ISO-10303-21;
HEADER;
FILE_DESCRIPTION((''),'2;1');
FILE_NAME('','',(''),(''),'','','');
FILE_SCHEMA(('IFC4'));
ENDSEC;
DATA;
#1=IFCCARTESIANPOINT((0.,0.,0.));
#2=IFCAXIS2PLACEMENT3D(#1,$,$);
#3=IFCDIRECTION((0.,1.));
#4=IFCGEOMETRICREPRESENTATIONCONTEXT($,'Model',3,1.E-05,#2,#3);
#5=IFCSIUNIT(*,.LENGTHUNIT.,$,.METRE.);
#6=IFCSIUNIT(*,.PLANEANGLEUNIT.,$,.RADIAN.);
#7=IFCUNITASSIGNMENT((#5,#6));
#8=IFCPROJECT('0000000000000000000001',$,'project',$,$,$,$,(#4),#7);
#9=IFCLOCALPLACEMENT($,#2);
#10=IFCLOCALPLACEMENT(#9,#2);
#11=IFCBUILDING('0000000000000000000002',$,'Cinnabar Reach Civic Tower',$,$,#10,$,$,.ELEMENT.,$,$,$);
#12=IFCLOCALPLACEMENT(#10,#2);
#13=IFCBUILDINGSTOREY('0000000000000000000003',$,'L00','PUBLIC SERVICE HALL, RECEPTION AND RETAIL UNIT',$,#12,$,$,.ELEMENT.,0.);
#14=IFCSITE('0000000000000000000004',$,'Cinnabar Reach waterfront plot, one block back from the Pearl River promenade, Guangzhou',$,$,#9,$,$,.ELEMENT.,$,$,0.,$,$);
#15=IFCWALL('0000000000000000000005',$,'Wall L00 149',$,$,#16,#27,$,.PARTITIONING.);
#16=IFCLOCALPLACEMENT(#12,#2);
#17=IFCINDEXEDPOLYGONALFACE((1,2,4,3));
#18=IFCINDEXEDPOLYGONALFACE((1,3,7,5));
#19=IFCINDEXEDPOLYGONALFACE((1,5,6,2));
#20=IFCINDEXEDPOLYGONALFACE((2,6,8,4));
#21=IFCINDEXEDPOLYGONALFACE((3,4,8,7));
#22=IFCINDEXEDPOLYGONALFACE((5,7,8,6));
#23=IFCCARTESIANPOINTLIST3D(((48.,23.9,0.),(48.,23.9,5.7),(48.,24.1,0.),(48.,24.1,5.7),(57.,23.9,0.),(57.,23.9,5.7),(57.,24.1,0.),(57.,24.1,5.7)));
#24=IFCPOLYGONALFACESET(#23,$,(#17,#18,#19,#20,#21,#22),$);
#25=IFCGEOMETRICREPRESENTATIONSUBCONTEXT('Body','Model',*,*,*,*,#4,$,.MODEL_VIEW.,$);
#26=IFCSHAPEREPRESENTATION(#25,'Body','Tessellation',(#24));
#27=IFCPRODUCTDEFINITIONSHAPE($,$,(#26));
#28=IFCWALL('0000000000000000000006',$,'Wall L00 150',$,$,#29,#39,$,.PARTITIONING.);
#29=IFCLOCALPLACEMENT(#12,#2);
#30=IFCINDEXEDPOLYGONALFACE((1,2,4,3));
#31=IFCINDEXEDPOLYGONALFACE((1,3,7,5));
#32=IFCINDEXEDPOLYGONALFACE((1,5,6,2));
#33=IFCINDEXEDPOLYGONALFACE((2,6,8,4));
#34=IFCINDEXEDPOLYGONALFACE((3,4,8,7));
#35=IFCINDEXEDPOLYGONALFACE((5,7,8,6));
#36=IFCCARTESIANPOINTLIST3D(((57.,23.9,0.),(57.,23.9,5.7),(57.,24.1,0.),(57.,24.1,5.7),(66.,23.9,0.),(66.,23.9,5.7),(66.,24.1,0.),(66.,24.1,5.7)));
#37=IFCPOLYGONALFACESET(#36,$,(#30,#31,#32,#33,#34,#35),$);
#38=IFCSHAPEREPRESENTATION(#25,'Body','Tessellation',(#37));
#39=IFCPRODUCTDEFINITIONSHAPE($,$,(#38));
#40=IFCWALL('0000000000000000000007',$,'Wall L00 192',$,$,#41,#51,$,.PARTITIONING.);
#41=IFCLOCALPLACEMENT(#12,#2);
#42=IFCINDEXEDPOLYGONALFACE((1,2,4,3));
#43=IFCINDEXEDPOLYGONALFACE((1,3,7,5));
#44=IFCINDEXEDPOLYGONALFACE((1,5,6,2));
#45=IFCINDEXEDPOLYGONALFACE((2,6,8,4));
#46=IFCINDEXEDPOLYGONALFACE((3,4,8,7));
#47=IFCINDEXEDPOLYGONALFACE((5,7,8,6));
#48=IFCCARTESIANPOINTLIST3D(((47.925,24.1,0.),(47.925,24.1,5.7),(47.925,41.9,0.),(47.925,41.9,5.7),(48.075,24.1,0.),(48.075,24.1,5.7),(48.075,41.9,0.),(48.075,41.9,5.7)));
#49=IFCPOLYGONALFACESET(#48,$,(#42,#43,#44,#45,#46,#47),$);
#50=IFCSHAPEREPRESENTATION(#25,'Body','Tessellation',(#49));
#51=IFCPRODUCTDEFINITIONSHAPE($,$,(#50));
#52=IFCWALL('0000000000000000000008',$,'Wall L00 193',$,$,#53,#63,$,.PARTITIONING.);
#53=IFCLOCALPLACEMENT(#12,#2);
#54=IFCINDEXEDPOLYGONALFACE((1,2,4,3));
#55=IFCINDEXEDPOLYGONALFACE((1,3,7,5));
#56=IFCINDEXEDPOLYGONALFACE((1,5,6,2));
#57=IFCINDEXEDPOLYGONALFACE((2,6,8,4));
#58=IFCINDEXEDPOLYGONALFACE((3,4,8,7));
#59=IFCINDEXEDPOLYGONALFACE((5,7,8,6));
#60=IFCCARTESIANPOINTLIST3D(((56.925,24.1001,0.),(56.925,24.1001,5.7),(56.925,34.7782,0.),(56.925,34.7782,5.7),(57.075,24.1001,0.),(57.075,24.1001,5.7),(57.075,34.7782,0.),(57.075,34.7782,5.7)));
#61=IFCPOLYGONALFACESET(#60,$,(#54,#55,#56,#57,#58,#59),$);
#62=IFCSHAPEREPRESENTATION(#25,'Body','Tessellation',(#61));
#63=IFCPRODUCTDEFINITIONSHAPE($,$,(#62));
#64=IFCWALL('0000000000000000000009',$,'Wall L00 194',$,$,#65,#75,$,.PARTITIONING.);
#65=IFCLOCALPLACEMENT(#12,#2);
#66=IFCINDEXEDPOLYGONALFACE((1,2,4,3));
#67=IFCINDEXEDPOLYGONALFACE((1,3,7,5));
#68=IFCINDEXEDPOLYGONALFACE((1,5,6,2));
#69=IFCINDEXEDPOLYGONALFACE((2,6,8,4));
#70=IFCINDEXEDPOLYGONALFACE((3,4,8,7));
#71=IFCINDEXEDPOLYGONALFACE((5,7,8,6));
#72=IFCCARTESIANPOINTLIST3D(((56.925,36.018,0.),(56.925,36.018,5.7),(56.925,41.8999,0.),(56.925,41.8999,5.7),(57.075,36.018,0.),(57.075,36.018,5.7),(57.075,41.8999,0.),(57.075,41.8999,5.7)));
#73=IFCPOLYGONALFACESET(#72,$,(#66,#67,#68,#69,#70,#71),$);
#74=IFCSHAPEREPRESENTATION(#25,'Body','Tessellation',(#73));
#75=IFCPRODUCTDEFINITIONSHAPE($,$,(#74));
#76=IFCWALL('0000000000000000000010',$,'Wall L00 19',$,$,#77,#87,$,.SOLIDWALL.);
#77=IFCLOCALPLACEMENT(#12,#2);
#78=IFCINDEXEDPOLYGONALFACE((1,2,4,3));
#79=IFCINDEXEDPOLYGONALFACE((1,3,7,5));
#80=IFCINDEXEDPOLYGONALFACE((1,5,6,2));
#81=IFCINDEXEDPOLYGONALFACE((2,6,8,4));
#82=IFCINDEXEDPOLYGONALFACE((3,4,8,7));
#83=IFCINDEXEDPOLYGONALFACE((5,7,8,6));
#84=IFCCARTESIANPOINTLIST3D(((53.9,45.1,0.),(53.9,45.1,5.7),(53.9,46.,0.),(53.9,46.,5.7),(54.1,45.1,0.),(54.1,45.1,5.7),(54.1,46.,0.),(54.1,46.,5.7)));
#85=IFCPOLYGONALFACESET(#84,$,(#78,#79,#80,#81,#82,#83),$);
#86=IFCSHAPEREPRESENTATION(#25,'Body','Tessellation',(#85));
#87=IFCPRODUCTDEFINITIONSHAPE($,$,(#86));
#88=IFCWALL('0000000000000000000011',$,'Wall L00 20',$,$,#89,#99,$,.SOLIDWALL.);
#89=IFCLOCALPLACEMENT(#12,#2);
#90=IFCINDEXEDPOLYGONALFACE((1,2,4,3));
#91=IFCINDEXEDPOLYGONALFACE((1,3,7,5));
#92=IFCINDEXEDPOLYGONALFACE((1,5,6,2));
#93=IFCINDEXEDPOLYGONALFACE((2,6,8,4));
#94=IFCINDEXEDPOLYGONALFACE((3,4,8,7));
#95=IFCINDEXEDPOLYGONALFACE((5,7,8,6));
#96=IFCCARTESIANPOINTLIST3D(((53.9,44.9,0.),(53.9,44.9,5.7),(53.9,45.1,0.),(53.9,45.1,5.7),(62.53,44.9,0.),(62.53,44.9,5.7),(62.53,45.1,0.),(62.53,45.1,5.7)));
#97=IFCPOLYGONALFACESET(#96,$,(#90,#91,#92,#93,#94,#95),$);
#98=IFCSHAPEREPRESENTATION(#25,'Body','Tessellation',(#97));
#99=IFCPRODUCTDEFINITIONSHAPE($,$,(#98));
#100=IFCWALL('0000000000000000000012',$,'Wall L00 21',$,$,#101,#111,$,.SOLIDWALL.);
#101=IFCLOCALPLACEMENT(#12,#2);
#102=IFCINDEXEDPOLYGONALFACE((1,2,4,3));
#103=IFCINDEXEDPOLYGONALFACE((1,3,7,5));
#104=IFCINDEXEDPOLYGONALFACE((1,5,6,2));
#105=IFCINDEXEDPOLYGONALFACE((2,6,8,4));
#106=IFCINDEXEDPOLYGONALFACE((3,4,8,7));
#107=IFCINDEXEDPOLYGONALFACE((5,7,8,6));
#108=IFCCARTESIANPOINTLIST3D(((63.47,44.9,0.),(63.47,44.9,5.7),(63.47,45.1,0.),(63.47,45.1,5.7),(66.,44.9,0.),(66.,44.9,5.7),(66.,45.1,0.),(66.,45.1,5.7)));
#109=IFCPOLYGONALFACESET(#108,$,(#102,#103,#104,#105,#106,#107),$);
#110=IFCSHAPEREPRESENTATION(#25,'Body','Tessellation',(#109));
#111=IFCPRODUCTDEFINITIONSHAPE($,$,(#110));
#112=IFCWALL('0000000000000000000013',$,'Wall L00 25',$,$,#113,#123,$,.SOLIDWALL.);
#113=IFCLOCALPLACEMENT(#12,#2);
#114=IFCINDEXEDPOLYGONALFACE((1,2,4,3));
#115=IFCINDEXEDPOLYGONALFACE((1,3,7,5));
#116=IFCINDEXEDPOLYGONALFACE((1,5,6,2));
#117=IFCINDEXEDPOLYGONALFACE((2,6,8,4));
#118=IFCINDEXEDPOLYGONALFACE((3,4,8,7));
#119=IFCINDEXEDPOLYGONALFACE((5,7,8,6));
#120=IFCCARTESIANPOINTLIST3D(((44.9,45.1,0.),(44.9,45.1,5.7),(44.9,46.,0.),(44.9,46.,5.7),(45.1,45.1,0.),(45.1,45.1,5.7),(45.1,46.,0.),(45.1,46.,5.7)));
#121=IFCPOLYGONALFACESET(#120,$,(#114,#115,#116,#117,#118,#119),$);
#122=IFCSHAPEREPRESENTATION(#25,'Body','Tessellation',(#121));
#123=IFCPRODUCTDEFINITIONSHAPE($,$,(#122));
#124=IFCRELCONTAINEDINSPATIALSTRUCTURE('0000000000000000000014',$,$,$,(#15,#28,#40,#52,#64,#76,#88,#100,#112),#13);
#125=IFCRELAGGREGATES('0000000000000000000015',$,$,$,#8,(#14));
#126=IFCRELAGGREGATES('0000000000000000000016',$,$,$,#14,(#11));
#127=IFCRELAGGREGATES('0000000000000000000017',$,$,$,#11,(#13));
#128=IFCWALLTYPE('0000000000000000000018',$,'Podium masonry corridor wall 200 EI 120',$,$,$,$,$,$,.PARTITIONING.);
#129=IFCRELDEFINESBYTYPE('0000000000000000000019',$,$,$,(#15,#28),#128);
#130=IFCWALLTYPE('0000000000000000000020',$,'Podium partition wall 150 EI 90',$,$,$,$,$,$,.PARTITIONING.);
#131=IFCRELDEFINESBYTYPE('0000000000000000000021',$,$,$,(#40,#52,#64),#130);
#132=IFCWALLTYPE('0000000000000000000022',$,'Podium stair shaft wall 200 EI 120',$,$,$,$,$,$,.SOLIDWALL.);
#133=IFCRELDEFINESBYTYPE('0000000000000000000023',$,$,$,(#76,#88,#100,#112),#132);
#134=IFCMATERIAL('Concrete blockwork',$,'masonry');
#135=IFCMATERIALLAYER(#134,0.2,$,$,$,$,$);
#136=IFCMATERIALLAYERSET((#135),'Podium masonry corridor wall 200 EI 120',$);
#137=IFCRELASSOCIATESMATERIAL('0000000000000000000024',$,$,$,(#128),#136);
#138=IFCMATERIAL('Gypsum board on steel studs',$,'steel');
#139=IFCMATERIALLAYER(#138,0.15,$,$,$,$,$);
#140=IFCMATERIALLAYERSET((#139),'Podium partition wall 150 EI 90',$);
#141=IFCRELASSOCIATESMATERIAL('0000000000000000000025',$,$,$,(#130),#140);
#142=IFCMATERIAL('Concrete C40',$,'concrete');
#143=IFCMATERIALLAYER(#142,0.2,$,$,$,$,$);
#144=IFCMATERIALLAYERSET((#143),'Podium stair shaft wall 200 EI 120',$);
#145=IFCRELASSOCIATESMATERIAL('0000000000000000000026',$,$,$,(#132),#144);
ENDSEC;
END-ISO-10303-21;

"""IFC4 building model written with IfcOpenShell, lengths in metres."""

from ifc_helpers import new_model, si_unit, direction, frame, frame_2d, origin, place, context, subcontext, project, spatial, rectangle, extrude, material, layer, layer_set, type_object, element, save


model = new_model("IFC4")

# Units and contexts
model_context = context("Model", 3, precision=1e-05, world=origin(), true_north=direction((0.0, 1.0)))
body_context = subcontext(model_context, "Body", "Model", "MODEL_VIEW")
ifc_project = project(units=[si_unit("LENGTHUNIT", "METRE"), si_unit("PLANEANGLEUNIT", "RADIAN")], contexts=[model_context])

# Site, building, storey
site_placement = place(None, origin())
site = spatial("IfcSite", under=ifc_project, at=site_placement, Name="Cinnabar Reach waterfront plot, one block back from the Pearl River promenade, Guangzhou", CompositionType="ELEMENT", RefElevation=0.0)
building_placement = place(site_placement, origin())
building = spatial("IfcBuilding", under=site, at=building_placement, Name="Cinnabar Reach Civic Tower", CompositionType="ELEMENT")
storey_placement = place(building_placement, origin())
storey = spatial("IfcBuildingStorey", under=building, at=storey_placement, Name="L00", Description="PUBLIC SERVICE HALL, RECEPTION AND RETAIL UNIT", CompositionType="ELEMENT", Elevation=0.0)

# Shared definitions
ifc_material_1 = material(Name="Concrete blockwork", Category="masonry")
ifc_layer_1 = layer(ifc_material_1, 0.2)
ifc_layer_set_1 = layer_set([ifc_layer_1], Name="Podium masonry corridor wall 200 EI 120")
wall_type_1 = type_object("IfcWallType", Name="Podium masonry corridor wall 200 EI 120", PredefinedType="PARTITIONING", material=ifc_layer_set_1)

# Walls
for number, where, z_axis, x_axis, name in (
    (1, (48.0, 24.0, 0.0), (0.0, 0.0, 1.0), (1.0, 0.0, 0.0), "Wall L00 149"),
    (2, (57.0, 24.0, 0.0), (0.0, 0.0, 1.0), (1.0, 0.0, 0.0), "Wall L00 150"),
):
    element("IfcWall", number, at=place(storey_placement, frame(where, z_axis=z_axis, x_axis=x_axis)), inside=storey, type_object=wall_type_1, Name=name, PredefinedType="PARTITIONING", context=body_context, shape_type="SweptSolid", body=[
        extrude(rectangle(XDim=9.0, YDim=0.2, at=frame_2d((4.5, 0.0))), origin(), (0.0, 0.0, 1.0), 5.7),
    ])
ifc_material_2 = material(Name="Gypsum board on steel studs", Category="steel")
ifc_layer_2 = layer(ifc_material_2, 0.15)
ifc_layer_set_2 = layer_set([ifc_layer_2], Name="Podium partition wall 150 EI 90")
wall_type_2 = type_object("IfcWallType", Name="Podium partition wall 150 EI 90", PredefinedType="PARTITIONING", material=ifc_layer_set_2)
wall_1_placement = place(storey_placement, frame((48.0, 24.1, 0.0), z_axis=(0.0, 0.0, 1.0), x_axis=(0.0, 1.0, 0.0)))
element("IfcWall", 3, at=wall_1_placement, inside=storey, type_object=wall_type_2, Name="Wall L00 192", PredefinedType="PARTITIONING", context=body_context, shape_type="SweptSolid", body=[
    extrude(rectangle(XDim=17.8, YDim=0.15, at=frame_2d((8.9, 0.0))), origin(), (0.0, 0.0, 1.0), 5.7),
])
wall_2_placement = place(storey_placement, frame((57.0, 24.1, 0.0), z_axis=(0.0, 0.0, 1.0), x_axis=(0.0, 1.0, 0.0)))
element("IfcWall", 4, at=wall_2_placement, inside=storey, type_object=wall_type_2, Name="Wall L00 193", PredefinedType="PARTITIONING", context=body_context, shape_type="SweptSolid", body=[
    extrude(rectangle(XDim=10.6781, YDim=0.15, at=frame_2d((5.3391, 0.0))), origin(), (0.0, 0.0, 1.0), 5.7),
])
wall_3_placement = place(storey_placement, frame((57.0, 36.0181, 0.0), z_axis=(0.0, 0.0, 1.0), x_axis=(0.0, 1.0, 0.0)))
element("IfcWall", 5, at=wall_3_placement, inside=storey, type_object=wall_type_2, Name="Wall L00 194", PredefinedType="PARTITIONING", context=body_context, shape_type="SweptSolid", body=[
    extrude(rectangle(XDim=5.8819, YDim=0.15, at=frame_2d((2.9409, 0.0))), origin(), (0.0, 0.0, 1.0), 5.7),
])
ifc_material_3 = material(Name="Concrete C40", Category="concrete")
ifc_layer_3 = layer(ifc_material_3, 0.2)
ifc_layer_set_3 = layer_set([ifc_layer_3], Name="Podium stair shaft wall 200 EI 120")
wall_type_3 = type_object("IfcWallType", Name="Podium stair shaft wall 200 EI 120", PredefinedType="SOLIDWALL", material=ifc_layer_set_3)
wall_4_placement = place(storey_placement, frame((54.0, 45.1, 0.0), z_axis=(0.0, 0.0, 1.0), x_axis=(0.0, 1.0, 0.0)))
element("IfcWall", 6, at=wall_4_placement, inside=storey, type_object=wall_type_3, Name="Wall L00 19", PredefinedType="SOLIDWALL", context=body_context, shape_type="SweptSolid", body=[
    extrude(rectangle(XDim=0.9, YDim=0.2, at=frame_2d((0.45, 0.0))), origin(), (0.0, 0.0, 1.0), 5.7),
])
wall_5_placement = place(storey_placement, frame((53.9, 45.0, 0.0), z_axis=(0.0, 0.0, 1.0), x_axis=(1.0, 0.0, 0.0)))
element("IfcWall", 7, at=wall_5_placement, inside=storey, type_object=wall_type_3, Name="Wall L00 20", PredefinedType="SOLIDWALL", context=body_context, shape_type="SweptSolid", body=[
    extrude(rectangle(XDim=8.63, YDim=0.2, at=frame_2d((4.315, 0.0))), origin(), (0.0, 0.0, 1.0), 5.7),
])
wall_6_placement = place(storey_placement, frame((63.47, 45.0, 0.0), z_axis=(0.0, 0.0, 1.0), x_axis=(1.0, 0.0, 0.0)))
element("IfcWall", 8, at=wall_6_placement, inside=storey, type_object=wall_type_3, Name="Wall L00 21", PredefinedType="SOLIDWALL", context=body_context, shape_type="SweptSolid", body=[
    extrude(rectangle(XDim=2.53, YDim=0.2, at=frame_2d((1.265, 0.0))), origin(), (0.0, 0.0, 1.0), 5.7),
])
wall_7_placement = place(storey_placement, frame((45.0, 45.1, 0.0), z_axis=(0.0, 0.0, 1.0), x_axis=(0.0, 1.0, 0.0)))
element("IfcWall", 9, at=wall_7_placement, inside=storey, type_object=wall_type_3, Name="Wall L00 25", PredefinedType="SOLIDWALL", context=body_context, shape_type="SweptSolid", body=[
    extrude(rectangle(XDim=0.9, YDim=0.2, at=frame_2d((0.45, 0.0))), origin(), (0.0, 0.0, 1.0), 5.7),
])

save(model, "model.ifc")
